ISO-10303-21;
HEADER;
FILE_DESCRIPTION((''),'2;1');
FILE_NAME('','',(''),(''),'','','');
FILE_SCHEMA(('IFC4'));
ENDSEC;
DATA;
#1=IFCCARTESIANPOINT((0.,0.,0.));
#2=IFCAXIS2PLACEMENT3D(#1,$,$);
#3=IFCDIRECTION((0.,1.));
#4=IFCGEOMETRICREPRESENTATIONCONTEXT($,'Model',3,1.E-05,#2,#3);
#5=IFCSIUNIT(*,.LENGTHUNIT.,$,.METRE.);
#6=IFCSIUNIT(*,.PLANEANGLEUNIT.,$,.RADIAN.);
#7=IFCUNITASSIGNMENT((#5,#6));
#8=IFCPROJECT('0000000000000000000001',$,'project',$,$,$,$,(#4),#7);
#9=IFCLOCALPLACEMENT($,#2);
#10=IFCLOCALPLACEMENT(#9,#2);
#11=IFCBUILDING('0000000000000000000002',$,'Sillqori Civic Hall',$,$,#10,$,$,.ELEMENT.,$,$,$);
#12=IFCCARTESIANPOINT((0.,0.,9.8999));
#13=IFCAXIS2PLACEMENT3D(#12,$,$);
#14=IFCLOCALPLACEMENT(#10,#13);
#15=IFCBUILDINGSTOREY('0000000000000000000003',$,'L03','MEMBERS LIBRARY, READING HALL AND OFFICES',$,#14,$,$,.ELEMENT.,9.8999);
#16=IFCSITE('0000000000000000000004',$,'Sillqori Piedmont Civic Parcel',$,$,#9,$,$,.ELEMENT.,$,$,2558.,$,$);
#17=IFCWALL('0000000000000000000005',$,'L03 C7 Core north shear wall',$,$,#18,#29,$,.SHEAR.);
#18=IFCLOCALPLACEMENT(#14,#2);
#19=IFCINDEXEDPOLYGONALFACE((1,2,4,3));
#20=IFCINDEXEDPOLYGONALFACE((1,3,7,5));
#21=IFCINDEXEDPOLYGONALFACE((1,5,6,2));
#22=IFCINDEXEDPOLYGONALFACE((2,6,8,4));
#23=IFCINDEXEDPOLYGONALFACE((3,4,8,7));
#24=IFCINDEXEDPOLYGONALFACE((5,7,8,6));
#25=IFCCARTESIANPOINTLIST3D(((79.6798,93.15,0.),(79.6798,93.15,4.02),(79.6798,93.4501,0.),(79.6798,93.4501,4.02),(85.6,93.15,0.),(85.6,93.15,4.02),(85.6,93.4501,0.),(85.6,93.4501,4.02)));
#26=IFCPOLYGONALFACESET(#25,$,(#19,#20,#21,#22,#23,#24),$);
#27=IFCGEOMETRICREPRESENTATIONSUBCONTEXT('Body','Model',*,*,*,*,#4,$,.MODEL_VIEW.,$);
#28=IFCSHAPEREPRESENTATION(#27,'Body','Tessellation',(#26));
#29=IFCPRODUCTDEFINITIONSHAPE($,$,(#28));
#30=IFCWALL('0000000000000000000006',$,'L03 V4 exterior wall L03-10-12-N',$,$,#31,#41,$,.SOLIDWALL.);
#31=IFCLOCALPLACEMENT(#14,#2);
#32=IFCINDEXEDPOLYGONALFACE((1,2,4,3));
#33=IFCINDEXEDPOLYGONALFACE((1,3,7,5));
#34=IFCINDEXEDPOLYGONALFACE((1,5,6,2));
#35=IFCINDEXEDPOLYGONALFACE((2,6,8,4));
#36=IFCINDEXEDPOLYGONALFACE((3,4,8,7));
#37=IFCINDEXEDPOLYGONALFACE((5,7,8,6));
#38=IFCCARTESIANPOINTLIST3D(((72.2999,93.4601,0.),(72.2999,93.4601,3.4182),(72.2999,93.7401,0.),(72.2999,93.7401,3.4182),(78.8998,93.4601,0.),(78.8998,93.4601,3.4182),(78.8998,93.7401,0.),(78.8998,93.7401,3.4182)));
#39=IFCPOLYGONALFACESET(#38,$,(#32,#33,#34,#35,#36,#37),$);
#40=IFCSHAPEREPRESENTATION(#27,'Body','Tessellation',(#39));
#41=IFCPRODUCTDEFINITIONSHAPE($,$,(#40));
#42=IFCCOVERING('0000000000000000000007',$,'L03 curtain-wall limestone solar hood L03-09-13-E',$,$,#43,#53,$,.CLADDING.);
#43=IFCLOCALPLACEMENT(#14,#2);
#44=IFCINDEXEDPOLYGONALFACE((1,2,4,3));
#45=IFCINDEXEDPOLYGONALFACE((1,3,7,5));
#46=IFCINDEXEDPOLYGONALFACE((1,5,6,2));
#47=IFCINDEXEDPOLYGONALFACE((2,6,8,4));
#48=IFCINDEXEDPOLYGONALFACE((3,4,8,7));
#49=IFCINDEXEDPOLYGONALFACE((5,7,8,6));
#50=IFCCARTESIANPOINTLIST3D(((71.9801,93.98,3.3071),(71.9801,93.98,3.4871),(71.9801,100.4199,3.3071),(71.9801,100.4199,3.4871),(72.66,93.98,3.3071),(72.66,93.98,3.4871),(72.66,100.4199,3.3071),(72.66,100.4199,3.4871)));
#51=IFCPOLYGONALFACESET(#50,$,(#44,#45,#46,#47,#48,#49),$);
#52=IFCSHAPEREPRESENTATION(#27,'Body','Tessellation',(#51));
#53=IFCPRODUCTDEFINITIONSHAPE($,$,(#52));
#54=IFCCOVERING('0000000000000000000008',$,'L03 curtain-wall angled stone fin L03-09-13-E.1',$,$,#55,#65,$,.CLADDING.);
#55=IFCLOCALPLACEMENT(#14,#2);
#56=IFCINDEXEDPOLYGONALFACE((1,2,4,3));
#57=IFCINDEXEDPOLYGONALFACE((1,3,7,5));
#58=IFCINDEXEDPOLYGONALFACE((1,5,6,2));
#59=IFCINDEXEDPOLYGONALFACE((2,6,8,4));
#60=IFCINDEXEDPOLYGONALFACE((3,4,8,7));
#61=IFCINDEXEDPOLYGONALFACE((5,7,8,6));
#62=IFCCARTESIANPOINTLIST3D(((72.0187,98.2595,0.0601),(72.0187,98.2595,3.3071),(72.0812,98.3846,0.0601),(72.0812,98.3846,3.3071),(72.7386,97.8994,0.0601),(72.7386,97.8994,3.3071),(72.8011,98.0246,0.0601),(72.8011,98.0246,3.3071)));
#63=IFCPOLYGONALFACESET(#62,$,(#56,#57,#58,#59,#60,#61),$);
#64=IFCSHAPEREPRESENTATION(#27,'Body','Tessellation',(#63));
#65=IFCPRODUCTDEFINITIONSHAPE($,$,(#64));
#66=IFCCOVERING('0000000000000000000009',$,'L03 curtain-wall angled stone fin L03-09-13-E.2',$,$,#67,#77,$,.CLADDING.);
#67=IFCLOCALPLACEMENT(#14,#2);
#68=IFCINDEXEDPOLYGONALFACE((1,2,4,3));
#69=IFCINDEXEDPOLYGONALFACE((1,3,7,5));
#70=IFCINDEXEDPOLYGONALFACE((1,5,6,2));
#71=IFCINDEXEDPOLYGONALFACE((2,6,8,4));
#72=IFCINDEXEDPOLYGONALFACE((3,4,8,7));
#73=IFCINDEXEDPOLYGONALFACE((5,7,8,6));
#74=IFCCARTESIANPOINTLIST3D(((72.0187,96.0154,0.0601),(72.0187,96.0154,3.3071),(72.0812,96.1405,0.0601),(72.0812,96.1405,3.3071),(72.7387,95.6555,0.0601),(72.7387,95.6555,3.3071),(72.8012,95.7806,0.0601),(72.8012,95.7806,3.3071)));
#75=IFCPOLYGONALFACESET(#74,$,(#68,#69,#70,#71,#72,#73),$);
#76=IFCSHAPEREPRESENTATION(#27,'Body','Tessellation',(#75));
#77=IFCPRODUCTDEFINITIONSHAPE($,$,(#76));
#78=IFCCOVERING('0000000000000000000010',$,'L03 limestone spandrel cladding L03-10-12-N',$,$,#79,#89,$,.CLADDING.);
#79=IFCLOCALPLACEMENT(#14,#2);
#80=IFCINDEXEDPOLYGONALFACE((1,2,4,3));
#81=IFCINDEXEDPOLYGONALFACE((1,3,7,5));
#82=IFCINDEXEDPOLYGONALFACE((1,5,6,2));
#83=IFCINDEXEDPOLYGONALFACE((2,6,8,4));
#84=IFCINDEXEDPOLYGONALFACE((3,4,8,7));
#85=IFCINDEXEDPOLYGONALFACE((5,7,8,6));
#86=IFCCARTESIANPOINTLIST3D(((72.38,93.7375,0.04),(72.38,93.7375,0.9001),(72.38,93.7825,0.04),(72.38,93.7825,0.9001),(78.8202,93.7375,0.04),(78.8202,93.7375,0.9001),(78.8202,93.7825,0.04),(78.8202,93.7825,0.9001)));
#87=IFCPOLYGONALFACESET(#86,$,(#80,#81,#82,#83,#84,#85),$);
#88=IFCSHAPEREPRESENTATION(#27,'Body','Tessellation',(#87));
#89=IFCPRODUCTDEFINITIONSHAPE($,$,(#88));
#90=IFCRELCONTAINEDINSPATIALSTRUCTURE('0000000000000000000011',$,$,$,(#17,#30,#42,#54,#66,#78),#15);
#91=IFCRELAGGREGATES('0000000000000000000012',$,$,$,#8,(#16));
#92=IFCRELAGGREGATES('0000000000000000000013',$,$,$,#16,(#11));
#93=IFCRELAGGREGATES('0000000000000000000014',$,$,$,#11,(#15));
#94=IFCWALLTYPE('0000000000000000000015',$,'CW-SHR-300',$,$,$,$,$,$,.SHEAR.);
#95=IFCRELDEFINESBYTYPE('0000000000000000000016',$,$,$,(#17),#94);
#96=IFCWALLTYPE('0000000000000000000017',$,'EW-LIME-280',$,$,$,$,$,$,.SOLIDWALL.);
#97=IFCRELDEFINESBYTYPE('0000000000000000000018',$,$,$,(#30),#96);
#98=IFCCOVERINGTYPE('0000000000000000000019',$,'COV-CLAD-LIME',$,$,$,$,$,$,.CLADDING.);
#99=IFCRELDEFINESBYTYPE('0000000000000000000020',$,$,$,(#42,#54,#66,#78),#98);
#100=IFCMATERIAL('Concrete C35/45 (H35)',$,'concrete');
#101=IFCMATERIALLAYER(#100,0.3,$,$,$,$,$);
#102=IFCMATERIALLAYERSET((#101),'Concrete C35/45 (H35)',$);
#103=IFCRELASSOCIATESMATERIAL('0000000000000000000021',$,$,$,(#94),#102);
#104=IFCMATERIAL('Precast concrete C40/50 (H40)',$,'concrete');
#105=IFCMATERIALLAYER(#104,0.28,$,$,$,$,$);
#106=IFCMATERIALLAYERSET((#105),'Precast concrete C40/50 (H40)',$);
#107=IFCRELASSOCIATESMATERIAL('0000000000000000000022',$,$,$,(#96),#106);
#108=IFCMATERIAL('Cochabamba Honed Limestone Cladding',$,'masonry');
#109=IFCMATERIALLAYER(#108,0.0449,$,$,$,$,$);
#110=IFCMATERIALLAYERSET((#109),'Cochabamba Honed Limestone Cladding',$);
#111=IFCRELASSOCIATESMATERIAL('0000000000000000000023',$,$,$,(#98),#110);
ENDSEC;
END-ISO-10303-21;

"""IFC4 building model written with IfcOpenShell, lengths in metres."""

from ifc_helpers import new_model, si_unit, direction, frame, frame_2d, origin, place, context, subcontext, project, spatial, rectangle, extrude, material, layer, layer_set, type_object, element, save


model = new_model("IFC4")

# Units and contexts
model_context = context("Model", 3, precision=1e-05, world=origin(), true_north=direction((0.0, 1.0)))
body_context = subcontext(model_context, "Body", "Model", "MODEL_VIEW")
ifc_project = project(units=[si_unit("LENGTHUNIT", "METRE"), si_unit("PLANEANGLEUNIT", "RADIAN")], contexts=[model_context])

# Site, building, storey
site_placement = place(None, origin())
site = spatial("IfcSite", under=ifc_project, at=site_placement, Name="Sillqori Piedmont Civic Parcel", CompositionType="ELEMENT", RefElevation=2558.0)
building_placement = place(site_placement, origin())
building = spatial("IfcBuilding", under=site, at=building_placement, Name="Sillqori Civic Hall", CompositionType="ELEMENT")
storey_placement = place(building_placement, frame((0.0, 0.0, 9.8999)))
storey = spatial("IfcBuildingStorey", under=building, at=storey_placement, Name="L03", Description="MEMBERS LIBRARY, READING HALL AND OFFICES", CompositionType="ELEMENT", Elevation=9.8999)

# Shared definitions
ifc_material_1 = material(Name="Concrete C35/45 (H35)", Category="concrete")

# Walls
ifc_layer_1 = layer(ifc_material_1, 0.3)
ifc_layer_set_1 = layer_set([ifc_layer_1], Name="Concrete C35/45 (H35)")
wall_type_1 = type_object("IfcWallType", Name="CW-SHR-300", PredefinedType="SHEAR", material=ifc_layer_set_1)
wall_1_placement = place(storey_placement, frame((79.6799, 93.3, 0.0), z_axis=(0.0, 0.0, 1.0), x_axis=(1.0, 0.0, 0.0)))
element("IfcWall", 1, at=wall_1_placement, inside=storey, type_object=wall_type_1, Name="L03 C7 Core north shear wall", PredefinedType="SHEAR", context=body_context, shape_type="SweptSolid", body=[
    extrude(rectangle(XDim=5.9202, YDim=0.3, at=frame_2d((2.96, 0.0))), origin(), (0.0, 0.0, 1.0), 4.02),
])
ifc_material_2 = material(Name="Precast concrete C40/50 (H40)", Category="concrete")
ifc_layer_2 = layer(ifc_material_2, 0.28)
ifc_layer_set_2 = layer_set([ifc_layer_2], Name="Precast concrete C40/50 (H40)")
wall_type_2 = type_object("IfcWallType", Name="EW-LIME-280", PredefinedType="SOLIDWALL", material=ifc_layer_set_2)
wall_2_placement = place(storey_placement, frame((72.3, 93.6001, 0.0), z_axis=(0.0, 0.0, 1.0), x_axis=(1.0, 0.0, 0.0)))
element("IfcWall", 2, at=wall_2_placement, inside=storey, type_object=wall_type_2, Name="L03 V4 exterior wall L03-10-12-N", PredefinedType="SOLIDWALL", context=body_context, shape_type="SweptSolid", body=[
    extrude(rectangle(XDim=6.5999, YDim=0.28, at=frame_2d((3.2998, 0.0))), origin(), (0.0, 0.0, 1.0), 3.4182),
])

# Coverings
ifc_material_3 = material(Name="Cochabamba Honed Limestone Cladding", Category="masonry")
ifc_layer_3 = layer(ifc_material_3, 0.0449)
ifc_layer_set_3 = layer_set([ifc_layer_3], Name="Cochabamba Honed Limestone Cladding")
covering_type = type_object("IfcCoveringType", Name="COV-CLAD-LIME", PredefinedType="CLADDING", material=ifc_layer_set_3)
covering_1_placement = place(storey_placement, frame((72.3201, 100.4199, 3.3071), z_axis=(0.0, 0.0, 1.0), x_axis=(0.0, -1.0, 0.0)))
element("IfcCovering", 3, at=covering_1_placement, inside=storey, type_object=covering_type, Name="L03 curtain-wall limestone solar hood L03-09-13-E", PredefinedType="CLADDING", context=body_context, shape_type="SweptSolid", body=[
    extrude(rectangle(XDim=6.4399, YDim=0.6799, at=frame_2d((3.22, 0.0))), origin(), (0.0, 0.0, 1.0), 0.1799),
])
for number, where, z_axis, x_axis, name in (
    (4, (72.05, 98.322, 0.0601), (0.0, 0.0, 1.0), (0.894367, -0.447335, 0.0), "L03 curtain-wall angled stone fin L03-09-13-E.1"),
    (5, (72.05, 96.0779, 0.0601), (0.0, 0.0, 1.0), (0.894488, -0.447092, 0.0), "L03 curtain-wall angled stone fin L03-09-13-E.2"),
):
    element("IfcCovering", number, at=place(storey_placement, frame(where, z_axis=z_axis, x_axis=x_axis)), inside=storey, type_object=covering_type, Name=name, PredefinedType="CLADDING", context=body_context, shape_type="SweptSolid", body=[
        extrude(rectangle(XDim=0.8049, YDim=0.1399, at=frame_2d((0.4023, 0.0))), origin(), (0.0, 0.0, 1.0), 3.2471),
    ])
covering_2_placement = place(storey_placement, frame((72.3799, 93.76, 0.04), z_axis=(0.0, 0.0, 1.0), x_axis=(1.0, 0.0, 0.0)))
element("IfcCovering", 6, at=covering_2_placement, inside=storey, type_object=covering_type, Name="L03 limestone spandrel cladding L03-10-12-N", PredefinedType="CLADDING", context=body_context, shape_type="SweptSolid", body=[
    extrude(rectangle(XDim=6.4402, YDim=0.0449, at=frame_2d((3.2202, 0.0))), origin(), (0.0, 0.0, 1.0), 0.8601),
])

save(model, "model.ifc")
